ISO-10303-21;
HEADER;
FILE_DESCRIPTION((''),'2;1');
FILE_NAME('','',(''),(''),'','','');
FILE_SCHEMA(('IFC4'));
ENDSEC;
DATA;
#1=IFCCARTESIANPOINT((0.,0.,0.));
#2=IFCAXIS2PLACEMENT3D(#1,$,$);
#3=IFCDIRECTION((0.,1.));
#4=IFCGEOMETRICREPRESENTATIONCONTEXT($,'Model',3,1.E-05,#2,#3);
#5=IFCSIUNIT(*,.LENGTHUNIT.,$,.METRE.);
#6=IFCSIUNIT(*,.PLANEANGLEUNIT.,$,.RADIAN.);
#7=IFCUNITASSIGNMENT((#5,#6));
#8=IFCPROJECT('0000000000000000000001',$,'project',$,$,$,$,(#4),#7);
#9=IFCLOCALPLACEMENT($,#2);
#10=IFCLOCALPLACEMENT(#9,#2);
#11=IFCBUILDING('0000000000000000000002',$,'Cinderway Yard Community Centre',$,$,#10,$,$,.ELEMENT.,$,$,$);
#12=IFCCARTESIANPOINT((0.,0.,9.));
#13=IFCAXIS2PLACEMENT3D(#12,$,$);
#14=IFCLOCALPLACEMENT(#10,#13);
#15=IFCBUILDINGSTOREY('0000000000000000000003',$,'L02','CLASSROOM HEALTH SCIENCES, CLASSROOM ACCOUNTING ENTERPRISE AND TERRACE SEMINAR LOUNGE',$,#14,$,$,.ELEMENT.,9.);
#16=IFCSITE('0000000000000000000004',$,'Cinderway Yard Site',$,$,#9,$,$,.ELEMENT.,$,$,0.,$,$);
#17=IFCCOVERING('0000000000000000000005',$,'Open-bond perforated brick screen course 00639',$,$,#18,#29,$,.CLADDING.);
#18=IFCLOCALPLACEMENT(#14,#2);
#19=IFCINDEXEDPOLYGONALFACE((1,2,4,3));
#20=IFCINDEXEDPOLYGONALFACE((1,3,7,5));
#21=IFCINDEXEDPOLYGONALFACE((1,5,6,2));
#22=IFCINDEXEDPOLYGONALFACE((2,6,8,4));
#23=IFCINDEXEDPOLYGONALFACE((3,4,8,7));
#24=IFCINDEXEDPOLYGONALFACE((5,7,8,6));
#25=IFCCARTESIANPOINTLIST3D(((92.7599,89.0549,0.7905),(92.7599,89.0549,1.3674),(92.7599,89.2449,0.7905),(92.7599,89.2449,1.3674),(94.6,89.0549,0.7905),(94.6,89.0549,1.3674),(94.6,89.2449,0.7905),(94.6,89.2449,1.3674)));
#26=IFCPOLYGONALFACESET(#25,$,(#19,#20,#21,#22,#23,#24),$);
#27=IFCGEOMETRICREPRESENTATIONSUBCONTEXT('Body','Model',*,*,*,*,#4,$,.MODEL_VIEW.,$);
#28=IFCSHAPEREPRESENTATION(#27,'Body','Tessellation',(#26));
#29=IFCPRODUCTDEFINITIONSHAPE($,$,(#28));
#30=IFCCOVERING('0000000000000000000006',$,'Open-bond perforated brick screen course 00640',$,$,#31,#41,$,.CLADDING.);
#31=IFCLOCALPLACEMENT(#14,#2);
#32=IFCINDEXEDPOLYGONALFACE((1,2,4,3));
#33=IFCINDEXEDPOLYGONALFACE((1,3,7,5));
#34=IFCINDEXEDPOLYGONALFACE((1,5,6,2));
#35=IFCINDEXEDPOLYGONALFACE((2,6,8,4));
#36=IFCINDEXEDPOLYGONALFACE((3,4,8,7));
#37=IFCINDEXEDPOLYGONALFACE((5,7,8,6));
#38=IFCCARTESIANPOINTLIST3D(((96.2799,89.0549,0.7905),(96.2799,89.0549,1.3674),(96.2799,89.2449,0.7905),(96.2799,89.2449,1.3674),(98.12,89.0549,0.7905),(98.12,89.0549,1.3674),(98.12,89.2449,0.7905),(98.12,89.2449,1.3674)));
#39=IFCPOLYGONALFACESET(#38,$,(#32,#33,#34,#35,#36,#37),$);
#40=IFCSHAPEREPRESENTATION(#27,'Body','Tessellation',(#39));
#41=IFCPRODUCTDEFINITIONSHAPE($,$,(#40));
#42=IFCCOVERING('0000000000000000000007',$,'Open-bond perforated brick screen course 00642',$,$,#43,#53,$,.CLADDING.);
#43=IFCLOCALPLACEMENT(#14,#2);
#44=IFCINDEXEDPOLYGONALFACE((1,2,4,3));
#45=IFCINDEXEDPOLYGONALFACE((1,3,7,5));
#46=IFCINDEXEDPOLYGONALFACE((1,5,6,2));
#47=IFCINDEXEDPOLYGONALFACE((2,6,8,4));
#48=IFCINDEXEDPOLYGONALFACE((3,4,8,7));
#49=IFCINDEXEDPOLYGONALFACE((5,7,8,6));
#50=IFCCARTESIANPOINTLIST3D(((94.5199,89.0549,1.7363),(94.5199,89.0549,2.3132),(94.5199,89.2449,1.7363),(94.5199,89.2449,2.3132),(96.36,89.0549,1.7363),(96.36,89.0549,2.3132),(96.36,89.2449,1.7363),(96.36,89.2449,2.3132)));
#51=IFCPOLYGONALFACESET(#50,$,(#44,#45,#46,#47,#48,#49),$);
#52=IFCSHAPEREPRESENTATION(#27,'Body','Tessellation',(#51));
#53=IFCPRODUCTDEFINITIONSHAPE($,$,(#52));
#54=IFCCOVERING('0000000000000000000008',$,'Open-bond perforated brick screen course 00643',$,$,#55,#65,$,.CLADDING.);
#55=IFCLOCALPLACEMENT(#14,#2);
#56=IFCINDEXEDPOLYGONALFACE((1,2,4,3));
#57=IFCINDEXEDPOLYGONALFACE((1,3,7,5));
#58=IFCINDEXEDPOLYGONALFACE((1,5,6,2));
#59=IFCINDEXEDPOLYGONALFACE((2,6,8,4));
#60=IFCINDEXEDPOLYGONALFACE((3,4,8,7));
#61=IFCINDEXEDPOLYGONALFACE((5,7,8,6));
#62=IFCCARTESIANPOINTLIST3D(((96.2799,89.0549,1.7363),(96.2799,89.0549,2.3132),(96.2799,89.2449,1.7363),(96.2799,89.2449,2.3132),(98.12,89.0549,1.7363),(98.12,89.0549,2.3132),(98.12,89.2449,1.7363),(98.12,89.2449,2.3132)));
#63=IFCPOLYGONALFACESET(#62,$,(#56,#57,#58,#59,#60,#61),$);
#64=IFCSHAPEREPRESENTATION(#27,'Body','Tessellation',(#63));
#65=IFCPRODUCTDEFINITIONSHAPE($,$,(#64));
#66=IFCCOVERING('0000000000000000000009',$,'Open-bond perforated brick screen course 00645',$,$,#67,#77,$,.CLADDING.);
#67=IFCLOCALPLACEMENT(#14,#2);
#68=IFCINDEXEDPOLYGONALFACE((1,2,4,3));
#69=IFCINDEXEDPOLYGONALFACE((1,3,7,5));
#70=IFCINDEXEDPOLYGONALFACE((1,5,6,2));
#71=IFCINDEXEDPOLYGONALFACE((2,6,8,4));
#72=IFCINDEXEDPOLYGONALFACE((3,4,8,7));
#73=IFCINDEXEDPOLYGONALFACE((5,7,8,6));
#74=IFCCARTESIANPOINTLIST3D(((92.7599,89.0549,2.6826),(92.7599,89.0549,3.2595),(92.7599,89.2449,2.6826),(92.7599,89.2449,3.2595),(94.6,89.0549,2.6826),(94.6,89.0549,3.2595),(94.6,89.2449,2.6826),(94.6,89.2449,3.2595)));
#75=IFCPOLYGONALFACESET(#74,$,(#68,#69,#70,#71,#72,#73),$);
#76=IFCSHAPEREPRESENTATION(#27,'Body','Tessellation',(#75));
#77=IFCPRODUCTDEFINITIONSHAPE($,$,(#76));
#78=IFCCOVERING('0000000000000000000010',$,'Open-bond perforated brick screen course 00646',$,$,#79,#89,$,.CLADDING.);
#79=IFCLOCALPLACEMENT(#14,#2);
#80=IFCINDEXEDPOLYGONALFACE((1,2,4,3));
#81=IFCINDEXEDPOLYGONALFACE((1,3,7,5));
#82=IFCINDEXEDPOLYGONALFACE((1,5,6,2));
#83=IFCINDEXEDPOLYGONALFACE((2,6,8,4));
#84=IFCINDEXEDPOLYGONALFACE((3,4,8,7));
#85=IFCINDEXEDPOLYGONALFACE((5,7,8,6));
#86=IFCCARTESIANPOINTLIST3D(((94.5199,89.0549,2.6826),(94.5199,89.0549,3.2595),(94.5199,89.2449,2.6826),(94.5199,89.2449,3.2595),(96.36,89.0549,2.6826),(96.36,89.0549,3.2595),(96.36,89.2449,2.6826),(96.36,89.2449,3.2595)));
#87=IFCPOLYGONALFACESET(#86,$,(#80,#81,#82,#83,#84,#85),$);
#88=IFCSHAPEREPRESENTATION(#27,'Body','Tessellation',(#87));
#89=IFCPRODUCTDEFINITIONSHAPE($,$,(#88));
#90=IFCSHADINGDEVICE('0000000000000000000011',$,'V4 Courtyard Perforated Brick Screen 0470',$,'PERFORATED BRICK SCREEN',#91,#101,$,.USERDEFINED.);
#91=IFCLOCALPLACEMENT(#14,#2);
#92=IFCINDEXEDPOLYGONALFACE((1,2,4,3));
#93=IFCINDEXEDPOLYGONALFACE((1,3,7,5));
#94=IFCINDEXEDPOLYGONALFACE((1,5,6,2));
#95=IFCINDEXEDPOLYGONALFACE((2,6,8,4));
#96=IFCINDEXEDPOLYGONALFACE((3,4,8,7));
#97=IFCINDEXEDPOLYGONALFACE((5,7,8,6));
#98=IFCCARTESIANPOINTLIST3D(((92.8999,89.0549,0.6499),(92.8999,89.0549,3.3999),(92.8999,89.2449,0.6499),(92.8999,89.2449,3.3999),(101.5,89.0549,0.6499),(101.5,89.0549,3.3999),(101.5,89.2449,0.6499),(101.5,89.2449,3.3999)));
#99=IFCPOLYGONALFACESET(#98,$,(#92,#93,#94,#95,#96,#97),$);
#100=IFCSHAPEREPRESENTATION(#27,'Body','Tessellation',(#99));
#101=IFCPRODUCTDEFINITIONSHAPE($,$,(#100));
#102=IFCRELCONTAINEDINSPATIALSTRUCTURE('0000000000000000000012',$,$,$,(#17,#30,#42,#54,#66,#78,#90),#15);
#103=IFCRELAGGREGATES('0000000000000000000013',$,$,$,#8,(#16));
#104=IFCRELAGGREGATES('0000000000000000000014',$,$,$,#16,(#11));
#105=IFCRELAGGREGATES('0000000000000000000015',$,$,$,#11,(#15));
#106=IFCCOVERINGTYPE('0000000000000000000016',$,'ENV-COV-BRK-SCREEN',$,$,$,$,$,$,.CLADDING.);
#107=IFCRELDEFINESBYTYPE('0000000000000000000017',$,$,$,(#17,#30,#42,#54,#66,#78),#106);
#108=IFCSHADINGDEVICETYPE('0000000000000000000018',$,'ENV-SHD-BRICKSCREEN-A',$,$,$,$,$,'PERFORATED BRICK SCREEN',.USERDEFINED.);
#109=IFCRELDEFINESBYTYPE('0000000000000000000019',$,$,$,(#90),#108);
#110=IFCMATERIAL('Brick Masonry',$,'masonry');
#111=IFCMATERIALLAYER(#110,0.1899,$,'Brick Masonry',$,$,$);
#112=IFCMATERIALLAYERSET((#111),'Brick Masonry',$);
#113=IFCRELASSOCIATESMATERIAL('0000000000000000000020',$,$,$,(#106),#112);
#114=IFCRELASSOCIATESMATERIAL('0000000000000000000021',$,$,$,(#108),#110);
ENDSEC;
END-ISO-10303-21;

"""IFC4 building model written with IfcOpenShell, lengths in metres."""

from ifc_helpers import new_model, si_unit, direction, frame, origin, origin_2d, place, context, subcontext, project, spatial, rectangle, extrude, material, layer, layer_set, type_object, element, save


model = new_model("IFC4")

# Units and contexts
model_context = context("Model", 3, precision=1e-05, world=origin(), true_north=direction((0.0, 1.0)))
body_context = subcontext(model_context, "Body", "Model", "MODEL_VIEW")
ifc_project = project(units=[si_unit("LENGTHUNIT", "METRE"), si_unit("PLANEANGLEUNIT", "RADIAN")], contexts=[model_context])

# Site, building, storey
site_placement = place(None, origin())
site = spatial("IfcSite", under=ifc_project, at=site_placement, Name="Cinderway Yard Site", CompositionType="ELEMENT", RefElevation=0.0)
building_placement = place(site_placement, origin())
building = spatial("IfcBuilding", under=site, at=building_placement, Name="Cinderway Yard Community Centre", CompositionType="ELEMENT")
storey_placement = place(building_placement, frame((0.0, 0.0, 9.0)))
storey = spatial("IfcBuildingStorey", under=building, at=storey_placement, Name="L02", Description="CLASSROOM HEALTH SCIENCES, CLASSROOM ACCOUNTING ENTERPRISE AND TERRACE SEMINAR LOUNGE", CompositionType="ELEMENT", Elevation=9.0)

# Coverings
ifc_material_1 = material(Name="Brick Masonry", Category="masonry")
ifc_layer_1 = layer(ifc_material_1, 0.1899, Name="Brick Masonry")
ifc_layer_set_1 = layer_set([ifc_layer_1], Name="Brick Masonry")
covering_type = type_object("IfcCoveringType", Name="ENV-COV-BRK-SCREEN", PredefinedType="CLADDING", material=ifc_layer_set_1)
for number, where, z_axis, x_axis, name in (
    (1, (93.6799, 89.1499, 0.7905), (0.0, 0.0, 1.0), (-1.0, 0.0, 0.0), "Open-bond perforated brick screen course 00639"),
    (2, (97.2, 89.1499, 0.7905), (0.0, 0.0, 1.0), (-1.0, 0.0, 0.0), "Open-bond perforated brick screen course 00640"),
    (3, (95.4399, 89.1499, 1.7363), (0.0, 0.0, 1.0), (-1.0, 0.0, 0.0), "Open-bond perforated brick screen course 00642"),
    (4, (97.2, 89.1499, 1.7363), (0.0, 0.0, 1.0), (-1.0, 0.0, 0.0), "Open-bond perforated brick screen course 00643"),
    (5, (93.6799, 89.1499, 2.6826), (0.0, 0.0, 1.0), (-1.0, 0.0, 0.0), "Open-bond perforated brick screen course 00645"),
    (6, (95.4399, 89.1499, 2.6826), (0.0, 0.0, 1.0), (-1.0, 0.0, 0.0), "Open-bond perforated brick screen course 00646"),
):
    element("IfcCovering", number, at=place(storey_placement, frame(where, z_axis=z_axis, x_axis=x_axis)), inside=storey, type_object=covering_type, Name=name, PredefinedType="CLADDING", context=body_context, shape_type="SweptSolid", body=[
        extrude(rectangle(XDim=1.8401, YDim=0.1899, at=origin_2d()), origin(), (0.0, 0.0, 1.0), 0.5769),
    ])

# Shading device
shading_device_type = type_object("IfcShadingDeviceType", Name="ENV-SHD-BRICKSCREEN-A", ElementType="PERFORATED BRICK SCREEN", PredefinedType="USERDEFINED", material=ifc_material_1)
shading_device_placement = place(storey_placement, frame((97.2, 89.1499, 0.6499), z_axis=(0.0, 0.0, 1.0), x_axis=(-1.0, 0.0, 0.0)))
element("IfcShadingDevice", 7, at=shading_device_placement, inside=storey, type_object=shading_device_type, Name="V4 Courtyard Perforated Brick Screen 0470", ObjectType="PERFORATED BRICK SCREEN", PredefinedType="USERDEFINED", context=body_context, shape_type="SweptSolid", body=[
    extrude(rectangle(XDim=8.6001, YDim=0.1899, at=origin_2d()), origin(), (0.0, 0.0, 1.0), 2.75),
])

save(model, "model.ifc")
